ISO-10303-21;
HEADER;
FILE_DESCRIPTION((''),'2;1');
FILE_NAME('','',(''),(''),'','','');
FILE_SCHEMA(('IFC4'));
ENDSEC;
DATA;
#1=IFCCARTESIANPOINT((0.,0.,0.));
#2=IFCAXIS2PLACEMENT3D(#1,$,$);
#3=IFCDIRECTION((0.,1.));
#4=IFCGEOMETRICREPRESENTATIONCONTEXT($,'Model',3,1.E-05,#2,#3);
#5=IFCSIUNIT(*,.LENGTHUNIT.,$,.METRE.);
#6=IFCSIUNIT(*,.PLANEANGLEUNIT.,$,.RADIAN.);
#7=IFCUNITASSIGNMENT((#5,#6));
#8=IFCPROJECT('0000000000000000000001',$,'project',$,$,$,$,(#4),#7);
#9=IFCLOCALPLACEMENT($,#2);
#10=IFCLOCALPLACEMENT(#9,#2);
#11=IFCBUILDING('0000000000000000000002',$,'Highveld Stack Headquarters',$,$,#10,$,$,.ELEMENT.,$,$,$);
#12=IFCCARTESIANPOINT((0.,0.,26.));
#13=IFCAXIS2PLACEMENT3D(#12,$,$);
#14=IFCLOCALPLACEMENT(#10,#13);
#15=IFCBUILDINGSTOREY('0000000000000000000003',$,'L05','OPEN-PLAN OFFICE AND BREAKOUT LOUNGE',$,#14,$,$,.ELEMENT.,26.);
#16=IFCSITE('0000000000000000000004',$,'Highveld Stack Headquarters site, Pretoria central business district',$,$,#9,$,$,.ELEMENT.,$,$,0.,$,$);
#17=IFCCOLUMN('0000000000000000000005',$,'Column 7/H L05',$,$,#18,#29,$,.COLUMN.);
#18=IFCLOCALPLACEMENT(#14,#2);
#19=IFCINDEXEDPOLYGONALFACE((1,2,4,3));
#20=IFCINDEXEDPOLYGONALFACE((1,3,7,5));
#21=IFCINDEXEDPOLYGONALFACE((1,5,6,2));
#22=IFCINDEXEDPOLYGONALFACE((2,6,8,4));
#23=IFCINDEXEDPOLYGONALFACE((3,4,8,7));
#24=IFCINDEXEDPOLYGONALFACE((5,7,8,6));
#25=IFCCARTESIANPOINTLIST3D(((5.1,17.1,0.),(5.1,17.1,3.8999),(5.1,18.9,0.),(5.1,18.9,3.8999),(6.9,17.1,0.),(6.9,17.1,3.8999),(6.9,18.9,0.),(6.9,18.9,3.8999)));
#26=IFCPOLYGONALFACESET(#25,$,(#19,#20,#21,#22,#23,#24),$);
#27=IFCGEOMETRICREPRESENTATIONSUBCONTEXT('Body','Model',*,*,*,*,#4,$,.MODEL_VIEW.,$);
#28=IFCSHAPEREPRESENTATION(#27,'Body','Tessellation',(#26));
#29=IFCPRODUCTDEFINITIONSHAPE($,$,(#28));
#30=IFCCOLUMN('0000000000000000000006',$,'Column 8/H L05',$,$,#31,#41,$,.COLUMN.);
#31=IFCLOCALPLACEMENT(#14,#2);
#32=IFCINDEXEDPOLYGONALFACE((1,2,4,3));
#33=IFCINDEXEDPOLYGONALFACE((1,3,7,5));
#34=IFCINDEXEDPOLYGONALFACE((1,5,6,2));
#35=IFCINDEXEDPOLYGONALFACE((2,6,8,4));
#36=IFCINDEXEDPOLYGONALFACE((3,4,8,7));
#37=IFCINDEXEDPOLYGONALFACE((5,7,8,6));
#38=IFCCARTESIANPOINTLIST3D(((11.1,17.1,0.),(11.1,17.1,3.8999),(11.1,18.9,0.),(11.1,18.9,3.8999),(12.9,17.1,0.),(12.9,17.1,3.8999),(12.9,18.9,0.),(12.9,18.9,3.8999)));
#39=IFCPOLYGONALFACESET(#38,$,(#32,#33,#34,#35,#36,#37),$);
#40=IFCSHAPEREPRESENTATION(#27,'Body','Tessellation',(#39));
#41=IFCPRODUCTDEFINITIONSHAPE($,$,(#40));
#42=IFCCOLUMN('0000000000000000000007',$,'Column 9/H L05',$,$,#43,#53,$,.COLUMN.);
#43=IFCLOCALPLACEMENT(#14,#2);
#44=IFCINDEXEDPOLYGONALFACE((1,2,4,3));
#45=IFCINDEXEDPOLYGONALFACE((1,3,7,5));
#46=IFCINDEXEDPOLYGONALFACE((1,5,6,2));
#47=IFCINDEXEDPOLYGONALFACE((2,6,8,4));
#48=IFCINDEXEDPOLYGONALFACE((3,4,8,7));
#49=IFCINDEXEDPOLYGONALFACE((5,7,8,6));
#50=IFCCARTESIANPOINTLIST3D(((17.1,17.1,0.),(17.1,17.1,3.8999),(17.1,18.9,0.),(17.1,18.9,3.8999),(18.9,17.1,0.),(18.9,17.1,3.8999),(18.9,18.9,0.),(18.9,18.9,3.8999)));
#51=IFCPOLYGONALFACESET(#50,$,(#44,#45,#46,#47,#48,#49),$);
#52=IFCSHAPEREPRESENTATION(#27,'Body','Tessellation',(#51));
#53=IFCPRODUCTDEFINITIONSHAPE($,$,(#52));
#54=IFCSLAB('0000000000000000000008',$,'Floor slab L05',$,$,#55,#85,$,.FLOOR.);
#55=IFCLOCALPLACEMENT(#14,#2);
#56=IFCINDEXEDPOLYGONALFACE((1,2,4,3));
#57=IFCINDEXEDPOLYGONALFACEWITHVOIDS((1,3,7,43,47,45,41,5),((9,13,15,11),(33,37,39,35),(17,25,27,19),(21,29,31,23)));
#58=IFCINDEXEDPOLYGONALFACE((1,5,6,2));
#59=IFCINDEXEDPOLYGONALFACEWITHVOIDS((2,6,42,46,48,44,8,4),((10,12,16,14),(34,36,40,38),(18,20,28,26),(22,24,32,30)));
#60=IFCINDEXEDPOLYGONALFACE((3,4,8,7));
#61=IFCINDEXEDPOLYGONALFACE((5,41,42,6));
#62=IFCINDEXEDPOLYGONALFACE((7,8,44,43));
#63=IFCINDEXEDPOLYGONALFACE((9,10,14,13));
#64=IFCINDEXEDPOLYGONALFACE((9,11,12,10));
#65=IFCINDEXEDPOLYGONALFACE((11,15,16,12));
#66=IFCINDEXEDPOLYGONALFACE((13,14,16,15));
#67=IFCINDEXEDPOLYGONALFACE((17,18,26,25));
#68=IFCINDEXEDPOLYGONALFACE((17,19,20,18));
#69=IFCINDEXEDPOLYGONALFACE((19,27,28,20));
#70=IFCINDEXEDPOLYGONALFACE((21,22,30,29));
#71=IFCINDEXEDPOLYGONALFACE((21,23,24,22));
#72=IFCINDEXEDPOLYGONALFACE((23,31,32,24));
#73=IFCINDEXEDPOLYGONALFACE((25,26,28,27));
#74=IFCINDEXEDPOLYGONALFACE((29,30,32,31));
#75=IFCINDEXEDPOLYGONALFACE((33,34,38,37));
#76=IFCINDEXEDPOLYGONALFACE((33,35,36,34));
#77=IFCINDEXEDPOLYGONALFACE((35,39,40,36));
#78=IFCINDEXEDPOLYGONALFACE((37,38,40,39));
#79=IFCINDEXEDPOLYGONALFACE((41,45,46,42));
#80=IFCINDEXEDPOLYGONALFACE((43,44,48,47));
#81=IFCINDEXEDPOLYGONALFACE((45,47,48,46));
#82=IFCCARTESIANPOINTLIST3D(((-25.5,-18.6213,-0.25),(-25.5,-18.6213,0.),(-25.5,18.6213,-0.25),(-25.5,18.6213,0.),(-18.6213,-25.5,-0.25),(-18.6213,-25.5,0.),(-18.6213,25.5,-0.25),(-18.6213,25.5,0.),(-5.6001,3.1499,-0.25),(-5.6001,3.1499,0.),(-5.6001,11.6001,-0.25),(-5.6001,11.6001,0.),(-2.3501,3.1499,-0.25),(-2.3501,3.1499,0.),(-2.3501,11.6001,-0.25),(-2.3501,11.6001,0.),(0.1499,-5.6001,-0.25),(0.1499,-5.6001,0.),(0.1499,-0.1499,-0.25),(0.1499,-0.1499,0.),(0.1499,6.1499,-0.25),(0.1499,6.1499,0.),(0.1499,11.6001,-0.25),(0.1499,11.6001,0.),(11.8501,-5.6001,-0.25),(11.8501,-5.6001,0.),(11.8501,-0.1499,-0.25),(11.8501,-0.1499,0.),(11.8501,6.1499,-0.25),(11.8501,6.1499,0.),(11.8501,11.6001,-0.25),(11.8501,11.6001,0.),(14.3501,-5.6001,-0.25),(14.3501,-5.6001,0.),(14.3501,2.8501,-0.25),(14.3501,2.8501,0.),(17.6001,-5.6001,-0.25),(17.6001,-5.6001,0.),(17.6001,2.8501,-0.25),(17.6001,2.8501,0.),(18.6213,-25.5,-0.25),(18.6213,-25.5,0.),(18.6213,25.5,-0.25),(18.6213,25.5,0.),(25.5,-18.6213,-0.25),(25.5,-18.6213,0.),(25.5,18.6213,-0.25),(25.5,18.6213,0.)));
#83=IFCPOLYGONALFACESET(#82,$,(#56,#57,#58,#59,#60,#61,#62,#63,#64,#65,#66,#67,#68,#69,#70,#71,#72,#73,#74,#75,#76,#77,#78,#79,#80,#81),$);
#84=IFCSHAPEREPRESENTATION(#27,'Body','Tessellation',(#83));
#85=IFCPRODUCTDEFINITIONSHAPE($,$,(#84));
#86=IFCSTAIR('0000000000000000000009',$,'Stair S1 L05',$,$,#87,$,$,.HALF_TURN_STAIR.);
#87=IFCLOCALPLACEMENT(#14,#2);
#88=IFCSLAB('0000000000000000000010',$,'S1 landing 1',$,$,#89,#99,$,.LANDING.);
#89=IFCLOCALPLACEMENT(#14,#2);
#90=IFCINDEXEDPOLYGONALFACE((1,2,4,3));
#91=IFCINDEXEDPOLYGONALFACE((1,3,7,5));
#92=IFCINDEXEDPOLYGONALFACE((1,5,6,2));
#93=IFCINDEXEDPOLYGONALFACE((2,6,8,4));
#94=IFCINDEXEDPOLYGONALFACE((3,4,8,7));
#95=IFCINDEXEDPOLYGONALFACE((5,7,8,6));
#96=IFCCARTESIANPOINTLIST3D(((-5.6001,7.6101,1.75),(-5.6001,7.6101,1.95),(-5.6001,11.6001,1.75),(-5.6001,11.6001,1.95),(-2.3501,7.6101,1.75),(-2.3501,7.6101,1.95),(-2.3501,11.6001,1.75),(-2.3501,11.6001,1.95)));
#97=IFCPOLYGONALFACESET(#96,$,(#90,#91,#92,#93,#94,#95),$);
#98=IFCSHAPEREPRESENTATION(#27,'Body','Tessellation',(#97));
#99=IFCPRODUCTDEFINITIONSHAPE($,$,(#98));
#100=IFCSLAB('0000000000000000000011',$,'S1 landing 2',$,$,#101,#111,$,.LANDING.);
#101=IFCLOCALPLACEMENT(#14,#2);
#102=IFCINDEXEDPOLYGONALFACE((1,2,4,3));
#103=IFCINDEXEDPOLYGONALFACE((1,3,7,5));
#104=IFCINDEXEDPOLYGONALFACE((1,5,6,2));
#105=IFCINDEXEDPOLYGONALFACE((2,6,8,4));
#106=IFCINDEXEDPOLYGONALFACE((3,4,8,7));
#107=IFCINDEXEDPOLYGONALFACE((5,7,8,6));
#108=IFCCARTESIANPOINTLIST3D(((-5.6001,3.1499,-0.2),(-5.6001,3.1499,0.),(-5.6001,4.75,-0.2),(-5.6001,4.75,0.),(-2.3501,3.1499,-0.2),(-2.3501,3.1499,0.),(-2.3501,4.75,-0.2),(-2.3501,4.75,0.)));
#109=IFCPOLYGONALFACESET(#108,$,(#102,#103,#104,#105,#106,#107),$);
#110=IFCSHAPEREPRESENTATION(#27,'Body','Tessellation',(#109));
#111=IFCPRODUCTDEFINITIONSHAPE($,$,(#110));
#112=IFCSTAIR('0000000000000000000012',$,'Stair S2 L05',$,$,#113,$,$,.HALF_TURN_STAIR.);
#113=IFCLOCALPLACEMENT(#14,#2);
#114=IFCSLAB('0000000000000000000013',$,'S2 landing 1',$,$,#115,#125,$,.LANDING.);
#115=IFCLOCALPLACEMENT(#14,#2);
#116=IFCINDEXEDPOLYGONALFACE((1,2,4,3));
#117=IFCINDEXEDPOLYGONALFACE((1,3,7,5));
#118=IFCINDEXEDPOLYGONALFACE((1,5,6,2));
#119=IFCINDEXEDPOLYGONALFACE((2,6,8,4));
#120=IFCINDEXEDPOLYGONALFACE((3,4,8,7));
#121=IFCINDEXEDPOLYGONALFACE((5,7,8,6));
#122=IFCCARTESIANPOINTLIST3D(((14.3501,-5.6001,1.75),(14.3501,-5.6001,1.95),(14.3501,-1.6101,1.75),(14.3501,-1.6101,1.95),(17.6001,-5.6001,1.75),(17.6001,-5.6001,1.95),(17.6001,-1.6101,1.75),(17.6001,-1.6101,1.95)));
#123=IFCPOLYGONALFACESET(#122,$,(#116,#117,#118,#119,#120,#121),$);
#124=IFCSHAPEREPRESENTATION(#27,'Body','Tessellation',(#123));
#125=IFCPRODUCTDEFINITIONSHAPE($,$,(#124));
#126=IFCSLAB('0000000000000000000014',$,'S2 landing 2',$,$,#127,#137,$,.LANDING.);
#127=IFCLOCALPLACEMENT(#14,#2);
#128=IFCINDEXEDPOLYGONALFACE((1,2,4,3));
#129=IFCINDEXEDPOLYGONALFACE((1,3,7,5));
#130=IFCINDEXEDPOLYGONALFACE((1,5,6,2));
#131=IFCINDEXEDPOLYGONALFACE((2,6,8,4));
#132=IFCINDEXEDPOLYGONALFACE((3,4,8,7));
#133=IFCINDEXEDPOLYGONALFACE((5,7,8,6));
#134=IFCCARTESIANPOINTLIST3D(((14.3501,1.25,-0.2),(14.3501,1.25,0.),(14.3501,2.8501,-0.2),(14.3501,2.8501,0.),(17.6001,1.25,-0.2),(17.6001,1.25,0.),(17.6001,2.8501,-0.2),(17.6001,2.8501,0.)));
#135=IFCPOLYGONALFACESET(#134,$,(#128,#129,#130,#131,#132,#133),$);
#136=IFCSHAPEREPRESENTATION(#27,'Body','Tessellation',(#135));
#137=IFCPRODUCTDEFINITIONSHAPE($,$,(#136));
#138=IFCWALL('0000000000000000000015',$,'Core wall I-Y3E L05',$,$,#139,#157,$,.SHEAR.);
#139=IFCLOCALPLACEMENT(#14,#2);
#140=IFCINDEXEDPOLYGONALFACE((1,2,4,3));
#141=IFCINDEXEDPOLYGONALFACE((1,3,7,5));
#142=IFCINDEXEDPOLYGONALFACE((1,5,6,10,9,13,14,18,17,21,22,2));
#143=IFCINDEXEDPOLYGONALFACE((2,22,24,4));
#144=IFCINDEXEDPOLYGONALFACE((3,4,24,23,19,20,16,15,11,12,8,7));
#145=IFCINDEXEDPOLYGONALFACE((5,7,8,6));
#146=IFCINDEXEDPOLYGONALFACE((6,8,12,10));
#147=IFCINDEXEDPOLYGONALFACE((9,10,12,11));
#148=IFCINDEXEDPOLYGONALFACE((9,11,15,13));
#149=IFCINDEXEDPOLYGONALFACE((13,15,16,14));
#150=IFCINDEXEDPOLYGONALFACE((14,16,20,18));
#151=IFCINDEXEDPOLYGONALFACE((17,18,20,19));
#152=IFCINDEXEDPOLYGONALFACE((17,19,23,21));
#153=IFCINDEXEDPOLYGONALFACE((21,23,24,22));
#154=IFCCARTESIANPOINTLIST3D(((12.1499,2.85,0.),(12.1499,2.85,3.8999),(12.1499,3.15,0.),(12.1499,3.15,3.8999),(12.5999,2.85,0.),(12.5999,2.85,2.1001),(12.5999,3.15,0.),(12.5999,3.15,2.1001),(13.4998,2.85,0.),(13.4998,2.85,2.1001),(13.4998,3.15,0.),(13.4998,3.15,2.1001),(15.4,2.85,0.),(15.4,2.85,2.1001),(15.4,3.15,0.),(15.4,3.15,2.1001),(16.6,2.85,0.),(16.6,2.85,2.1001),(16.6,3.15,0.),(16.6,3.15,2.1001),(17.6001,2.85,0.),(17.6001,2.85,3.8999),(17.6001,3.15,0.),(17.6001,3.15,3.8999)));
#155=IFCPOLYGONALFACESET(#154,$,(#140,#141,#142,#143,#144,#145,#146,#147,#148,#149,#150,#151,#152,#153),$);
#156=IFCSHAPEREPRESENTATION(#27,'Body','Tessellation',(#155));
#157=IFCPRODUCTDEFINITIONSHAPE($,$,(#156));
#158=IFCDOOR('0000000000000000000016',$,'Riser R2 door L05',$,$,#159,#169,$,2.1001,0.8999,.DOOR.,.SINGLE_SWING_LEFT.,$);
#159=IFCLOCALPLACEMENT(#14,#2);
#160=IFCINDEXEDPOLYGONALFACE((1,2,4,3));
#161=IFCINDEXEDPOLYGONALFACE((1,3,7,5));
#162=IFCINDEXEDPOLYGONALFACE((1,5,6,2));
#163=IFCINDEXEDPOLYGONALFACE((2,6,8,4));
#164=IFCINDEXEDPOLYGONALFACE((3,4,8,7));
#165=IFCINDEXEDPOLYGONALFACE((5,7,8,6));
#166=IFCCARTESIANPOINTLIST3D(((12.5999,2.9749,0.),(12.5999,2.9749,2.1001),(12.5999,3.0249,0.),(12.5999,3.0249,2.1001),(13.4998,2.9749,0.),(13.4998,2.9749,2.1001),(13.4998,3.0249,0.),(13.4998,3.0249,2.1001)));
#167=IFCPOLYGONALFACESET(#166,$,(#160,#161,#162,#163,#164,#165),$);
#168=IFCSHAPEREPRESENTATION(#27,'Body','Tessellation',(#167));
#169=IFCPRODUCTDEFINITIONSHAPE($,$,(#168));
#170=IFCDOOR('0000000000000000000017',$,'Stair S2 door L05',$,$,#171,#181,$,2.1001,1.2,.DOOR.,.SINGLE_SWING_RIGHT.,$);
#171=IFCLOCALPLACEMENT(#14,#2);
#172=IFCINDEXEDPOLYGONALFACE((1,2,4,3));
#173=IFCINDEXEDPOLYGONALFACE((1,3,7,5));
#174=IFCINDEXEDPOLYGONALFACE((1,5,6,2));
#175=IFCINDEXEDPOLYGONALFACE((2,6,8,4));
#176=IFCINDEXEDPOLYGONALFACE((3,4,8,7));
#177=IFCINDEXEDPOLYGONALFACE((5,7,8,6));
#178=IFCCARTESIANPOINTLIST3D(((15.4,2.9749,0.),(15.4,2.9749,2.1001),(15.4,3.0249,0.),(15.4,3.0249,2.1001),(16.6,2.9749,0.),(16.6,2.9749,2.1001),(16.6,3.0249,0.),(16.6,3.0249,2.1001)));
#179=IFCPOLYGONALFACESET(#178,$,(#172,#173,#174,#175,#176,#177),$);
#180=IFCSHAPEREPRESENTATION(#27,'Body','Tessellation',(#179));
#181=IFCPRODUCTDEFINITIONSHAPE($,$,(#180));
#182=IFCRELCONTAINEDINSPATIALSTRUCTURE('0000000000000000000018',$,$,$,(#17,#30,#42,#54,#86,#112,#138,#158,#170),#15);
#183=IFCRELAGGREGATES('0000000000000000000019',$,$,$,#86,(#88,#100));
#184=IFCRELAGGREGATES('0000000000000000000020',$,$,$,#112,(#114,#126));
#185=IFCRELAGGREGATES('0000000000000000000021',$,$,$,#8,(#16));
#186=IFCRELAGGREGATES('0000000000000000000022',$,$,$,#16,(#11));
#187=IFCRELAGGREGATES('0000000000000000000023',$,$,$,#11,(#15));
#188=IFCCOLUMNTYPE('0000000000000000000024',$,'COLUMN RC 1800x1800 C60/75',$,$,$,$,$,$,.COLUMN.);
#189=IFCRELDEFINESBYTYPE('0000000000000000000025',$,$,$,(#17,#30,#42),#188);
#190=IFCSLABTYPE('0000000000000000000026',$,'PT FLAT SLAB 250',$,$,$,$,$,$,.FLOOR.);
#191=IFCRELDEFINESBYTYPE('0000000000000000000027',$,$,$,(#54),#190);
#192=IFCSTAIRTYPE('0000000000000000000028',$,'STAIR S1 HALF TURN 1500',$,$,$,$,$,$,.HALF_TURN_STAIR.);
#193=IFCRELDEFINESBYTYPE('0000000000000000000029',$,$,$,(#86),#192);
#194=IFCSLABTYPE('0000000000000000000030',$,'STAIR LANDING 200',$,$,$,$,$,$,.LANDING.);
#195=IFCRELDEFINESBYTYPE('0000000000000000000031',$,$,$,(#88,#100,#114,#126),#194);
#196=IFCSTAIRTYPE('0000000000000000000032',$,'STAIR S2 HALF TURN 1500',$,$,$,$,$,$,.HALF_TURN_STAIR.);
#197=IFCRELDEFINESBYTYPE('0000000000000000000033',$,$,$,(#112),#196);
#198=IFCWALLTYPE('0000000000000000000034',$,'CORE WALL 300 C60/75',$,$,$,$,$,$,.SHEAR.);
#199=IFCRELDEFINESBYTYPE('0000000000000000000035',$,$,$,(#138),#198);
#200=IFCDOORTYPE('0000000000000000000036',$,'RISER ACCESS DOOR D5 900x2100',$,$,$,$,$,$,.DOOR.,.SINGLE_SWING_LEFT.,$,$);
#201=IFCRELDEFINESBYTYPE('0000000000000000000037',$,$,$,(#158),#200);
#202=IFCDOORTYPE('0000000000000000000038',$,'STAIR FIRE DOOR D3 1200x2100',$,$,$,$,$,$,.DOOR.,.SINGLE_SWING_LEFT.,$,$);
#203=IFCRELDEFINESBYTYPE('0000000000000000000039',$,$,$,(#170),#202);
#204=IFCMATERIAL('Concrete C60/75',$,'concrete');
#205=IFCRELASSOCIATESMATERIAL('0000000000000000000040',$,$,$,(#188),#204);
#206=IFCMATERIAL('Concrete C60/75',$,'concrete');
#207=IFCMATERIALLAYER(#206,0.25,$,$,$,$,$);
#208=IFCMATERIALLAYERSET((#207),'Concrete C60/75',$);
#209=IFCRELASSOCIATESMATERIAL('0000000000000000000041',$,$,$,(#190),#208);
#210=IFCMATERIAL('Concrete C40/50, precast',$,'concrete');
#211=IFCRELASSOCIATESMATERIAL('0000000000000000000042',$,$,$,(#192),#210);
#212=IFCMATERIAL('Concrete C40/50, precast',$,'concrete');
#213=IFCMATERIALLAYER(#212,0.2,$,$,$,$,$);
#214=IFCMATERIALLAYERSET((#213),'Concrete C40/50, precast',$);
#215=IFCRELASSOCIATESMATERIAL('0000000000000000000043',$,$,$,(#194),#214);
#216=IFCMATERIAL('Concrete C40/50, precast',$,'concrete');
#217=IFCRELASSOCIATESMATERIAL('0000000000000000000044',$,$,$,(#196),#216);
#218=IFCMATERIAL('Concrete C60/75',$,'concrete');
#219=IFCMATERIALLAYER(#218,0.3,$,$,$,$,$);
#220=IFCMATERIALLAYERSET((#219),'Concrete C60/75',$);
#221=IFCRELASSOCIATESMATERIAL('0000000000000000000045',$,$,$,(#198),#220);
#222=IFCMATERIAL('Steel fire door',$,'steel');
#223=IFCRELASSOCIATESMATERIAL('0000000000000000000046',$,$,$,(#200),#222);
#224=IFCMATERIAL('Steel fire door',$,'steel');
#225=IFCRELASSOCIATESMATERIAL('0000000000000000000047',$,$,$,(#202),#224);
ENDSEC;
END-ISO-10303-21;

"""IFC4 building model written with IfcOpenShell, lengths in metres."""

from ifc_helpers import new_model, si_unit, direction, frame, frame_2d, origin, origin_2d, place, context, subcontext, project, spatial, polyline, rectangle, outline, extrude, material, layer, layer_set, material_profile, profile_set, type_object, element, fill, aggregate, save


model = new_model("IFC4")

# Units and contexts
model_context = context("Model", 3, precision=1e-05, world=origin(), true_north=direction((0.0, 1.0)))
body_context = subcontext(model_context, "Body", "Model", "MODEL_VIEW")
ifc_project = project(units=[si_unit("LENGTHUNIT", "METRE"), si_unit("PLANEANGLEUNIT", "RADIAN")], contexts=[model_context])

# Site, building, storey
site_placement = place(None, origin())
site = spatial("IfcSite", under=ifc_project, at=site_placement, Name="Highveld Stack Headquarters site, Pretoria central business district", CompositionType="ELEMENT", RefElevation=0.0)
building_placement = place(site_placement, origin())
building = spatial("IfcBuilding", under=site, at=building_placement, Name="Highveld Stack Headquarters", CompositionType="ELEMENT")
storey_placement = place(building_placement, frame((0.0, 0.0, 26.0)))
storey = spatial("IfcBuildingStorey", under=building, at=storey_placement, Name="L05", Description="OPEN-PLAN OFFICE AND BREAKOUT LOUNGE", CompositionType="ELEMENT", Elevation=26.0)

# Columns
ifc_material_1 = material(Name="Concrete C60/75", Category="concrete")
ifc_material_profile = material_profile(ifc_material_1, rectangle(XDim=1.8, YDim=1.8, at=origin_2d()), Name="RC 1800x1800")
ifc_profile_set = profile_set([ifc_material_profile], Name="Concrete C60/75")
column_type = type_object("IfcColumnType", Name="COLUMN RC 1800x1800 C60/75", PredefinedType="COLUMN", material=ifc_profile_set)
for number, where, z_axis, x_axis, name in (
    (1, (6.0, 18.0, 0.0), (0.0, 0.0, 1.0), (1.0, 0.0, 0.0), "Column 7/H L05"),
    (2, (12.0, 18.0, 0.0), (0.0, 0.0, 1.0), (1.0, 0.0, 0.0), "Column 8/H L05"),
    (3, (18.0, 18.0, 0.0), (0.0, 0.0, 1.0), (1.0, 0.0, 0.0), "Column 9/H L05"),
):
    element("IfcColumn", number, at=place(storey_placement, frame(where, z_axis=z_axis, x_axis=x_axis)), inside=storey, type_object=column_type, Name=name, PredefinedType="COLUMN", context=body_context, shape_type="SweptSolid", body=[
        extrude(rectangle(XDim=1.8, YDim=1.8, at=origin_2d()), origin(), (0.0, 0.0, 1.0), 3.8999),
    ])

# Slab
ifc_material_2 = material(Name="Concrete C60/75", Category="concrete")
ifc_layer_1 = layer(ifc_material_2, 0.25)
ifc_layer_set_1 = layer_set([ifc_layer_1], Name="Concrete C60/75")
slab_type_1 = type_object("IfcSlabType", Name="PT FLAT SLAB 250", PredefinedType="FLOOR", material=ifc_layer_set_1)
slab_1_placement = place(storey_placement, frame((0.0, 0.0, -0.25)))
element("IfcSlab", 4, at=slab_1_placement, inside=storey, type_object=slab_type_1, Name="Floor slab L05", PredefinedType="FLOOR", context=body_context, shape_type="SweptSolid", body=[
    extrude(outline(polyline([(-18.6213, -25.5), (18.6213, -25.5), (25.5, -18.6213), (25.5, 18.6213), (18.6213, 25.5), (-18.6213, 25.5), (-25.5, 18.6213), (-25.5, -18.6213), (-18.6213, -25.5)]), holes=[polyline([(0.1499, 6.1499), (11.8501, 6.1499), (11.8501, 11.6001), (0.1499, 11.6001), (0.1499, 6.1499)]), polyline([(0.1499, -5.6001), (11.8501, -5.6001), (11.8501, -0.1499), (0.1499, -0.1499), (0.1499, -5.6001)]), polyline([(-5.6001, 3.1499), (-2.3501, 3.1499), (-2.3501, 11.6001), (-5.6001, 11.6001), (-5.6001, 3.1499)]), polyline([(14.3501, -5.6001), (17.6001, -5.6001), (17.6001, 2.8501), (14.3501, 2.8501), (14.3501, -5.6001)])]), origin(), (0.0, 0.0, 1.0), 0.25),
])

# Stairs, slabs
ifc_material_3 = material(Name="Concrete C40/50, precast", Category="concrete")
stair_type_1 = type_object("IfcStairType", Name="STAIR S1 HALF TURN 1500", PredefinedType="HALF_TURN_STAIR", material=ifc_material_3)
stair_1_placement = place(storey_placement, origin())
stair_1 = element("IfcStair", 5, at=stair_1_placement, inside=storey, type_object=stair_type_1, Name="Stair S1 L05", PredefinedType="HALF_TURN_STAIR")
ifc_material_4 = material(Name="Concrete C40/50, precast", Category="concrete")
ifc_layer_2 = layer(ifc_material_4, 0.2)
ifc_layer_set_2 = layer_set([ifc_layer_2], Name="Concrete C40/50, precast")
slab_type_2 = type_object("IfcSlabType", Name="STAIR LANDING 200", PredefinedType="LANDING", material=ifc_layer_set_2)
slab_2_placement = place(storey_placement, frame((0.0, 0.0, 1.75)))
slab_2 = element("IfcSlab", 6, at=slab_2_placement, type_object=slab_type_2, Name="S1 landing 1", PredefinedType="LANDING", context=body_context, shape_type="SweptSolid", body=[
    extrude(outline(polyline([(-5.6001, 7.6101), (-2.3501, 7.6101), (-2.3501, 11.6001), (-5.6001, 11.6001), (-5.6001, 7.6101)])), origin(), (0.0, 0.0, 1.0), 0.2),
])
slab_3_placement = place(storey_placement, frame((0.0, 0.0, -0.2)))
slab_3 = element("IfcSlab", 7, at=slab_3_placement, type_object=slab_type_2, Name="S1 landing 2", PredefinedType="LANDING", context=body_context, shape_type="SweptSolid", body=[
    extrude(outline(polyline([(-5.6001, 3.1499), (-2.3501, 3.1499), (-2.3501, 4.75), (-5.6001, 4.75), (-5.6001, 3.1499)])), origin(), (0.0, 0.0, 1.0), 0.2),
])
aggregate(stair_1, [slab_2, slab_3])
ifc_material_5 = material(Name="Concrete C40/50, precast", Category="concrete")
stair_type_2 = type_object("IfcStairType", Name="STAIR S2 HALF TURN 1500", PredefinedType="HALF_TURN_STAIR", material=ifc_material_5)
stair_2_placement = place(storey_placement, origin())
stair_2 = element("IfcStair", 8, at=stair_2_placement, inside=storey, type_object=stair_type_2, Name="Stair S2 L05", PredefinedType="HALF_TURN_STAIR")
slab_4_placement = place(storey_placement, frame((0.0, 0.0, 1.75)))
slab_4 = element("IfcSlab", 9, at=slab_4_placement, type_object=slab_type_2, Name="S2 landing 1", PredefinedType="LANDING", context=body_context, shape_type="SweptSolid", body=[
    extrude(outline(polyline([(14.3501, -5.6001), (17.6001, -5.6001), (17.6001, -1.6101), (14.3501, -1.6101), (14.3501, -5.6001)])), origin(), (0.0, 0.0, 1.0), 0.2),
])
slab_5_placement = place(storey_placement, frame((0.0, 0.0, -0.2)))
slab_5 = element("IfcSlab", 10, at=slab_5_placement, type_object=slab_type_2, Name="S2 landing 2", PredefinedType="LANDING", context=body_context, shape_type="SweptSolid", body=[
    extrude(outline(polyline([(14.3501, 1.25), (17.6001, 1.25), (17.6001, 2.8501), (14.3501, 2.8501), (14.3501, 1.25)])), origin(), (0.0, 0.0, 1.0), 0.2),
])

# Wall, openings, doors
ifc_material_6 = material(Name="Concrete C60/75", Category="concrete")
ifc_layer_3 = layer(ifc_material_6, 0.3)
ifc_layer_set_3 = layer_set([ifc_layer_3], Name="Concrete C60/75")
wall_type_1 = type_object("IfcWallType", Name="CORE WALL 300 C60/75", PredefinedType="SHEAR", material=ifc_layer_set_3)
wall_1_placement = place(storey_placement, frame((12.1499, 3.0, 0.0), z_axis=(0.0, 0.0, 1.0), x_axis=(1.0, 0.0, 0.0)))
wall_1 = element("IfcWall", 11, at=wall_1_placement, inside=storey, type_object=wall_type_1, Name="Core wall I-Y3E L05", PredefinedType="SHEAR", context=body_context, shape_type="SweptSolid", body=[
    extrude(rectangle(XDim=5.4502, YDim=0.3, at=frame_2d((2.7251, 0.0))), origin(), (0.0, 0.0, 1.0), 3.8999),
])
opening_1_placement = place(wall_1_placement, frame((3.25, 0.0, 0.0)))
opening_1 = element("IfcOpeningElement", 12, at=opening_1_placement, cuts=wall_1, PredefinedType="OPENING", context=body_context, shape_type="SweptSolid", body=[
    extrude(rectangle(XDim=1.2, YDim=2.1001, at=frame_2d((0.6001, 1.05))), frame((0.0, 0.1599, 0.0), z_axis=(0.0, -1.0, 0.0), x_axis=(1.0, 0.0, 0.0)), (0.0, 0.0, 1.0), 0.3201),
])
opening_2_placement = place(wall_1_placement, frame((0.45, 0.0, 0.0)))
opening_2 = element("IfcOpeningElement", 13, at=opening_2_placement, cuts=wall_1, PredefinedType="OPENING", context=body_context, shape_type="SweptSolid", body=[
    extrude(rectangle(XDim=0.8999, YDim=2.1001, at=frame_2d((0.45, 1.05))), frame((0.0, 0.1599, 0.0), z_axis=(0.0, -1.0, 0.0), x_axis=(1.0, 0.0, 0.0)), (0.0, 0.0, 1.0), 0.3201),
])
ifc_material_7 = material(Name="Steel fire door", Category="steel")
door_type_1 = type_object("IfcDoorType", Name="RISER ACCESS DOOR D5 900x2100", OperationType="SINGLE_SWING_LEFT", PredefinedType="DOOR", material=ifc_material_7)
door_1_placement = place(opening_2_placement, origin())
door_1 = element("IfcDoor", 14, at=door_1_placement, inside=storey, type_object=door_type_1, Name="Riser R2 door L05", OperationType="SINGLE_SWING_LEFT", OverallHeight=2.1001, OverallWidth=0.8999, PredefinedType="DOOR", context=body_context, shape_type="SweptSolid", body=[
    extrude(rectangle(XDim=0.8999, YDim=2.1001, at=frame_2d((0.45, 1.05))), frame((0.0, 0.0249, 0.0), z_axis=(0.0, -1.0, 0.0), x_axis=(1.0, 0.0, 0.0)), (0.0, 0.0, 1.0), 0.05),
])
fill(opening_2, door_1)
ifc_material_8 = material(Name="Steel fire door", Category="steel")
door_type_2 = type_object("IfcDoorType", Name="STAIR FIRE DOOR D3 1200x2100", OperationType="SINGLE_SWING_LEFT", PredefinedType="DOOR", material=ifc_material_8)
door_2_placement = place(opening_1_placement, origin())
door_2 = element("IfcDoor", 15, at=door_2_placement, inside=storey, type_object=door_type_2, Name="Stair S2 door L05", OperationType="SINGLE_SWING_RIGHT", OverallHeight=2.1001, OverallWidth=1.2, PredefinedType="DOOR", context=body_context, shape_type="SweptSolid", body=[
    extrude(rectangle(XDim=1.2, YDim=2.1001, at=frame_2d((0.6001, 1.05))), frame((0.0, 0.0249, 0.0), z_axis=(0.0, -1.0, 0.0), x_axis=(1.0, 0.0, 0.0)), (0.0, 0.0, 1.0), 0.05),
])
fill(opening_1, door_2)

aggregate(stair_2, [slab_4, slab_5])

save(model, "model.ifc")
